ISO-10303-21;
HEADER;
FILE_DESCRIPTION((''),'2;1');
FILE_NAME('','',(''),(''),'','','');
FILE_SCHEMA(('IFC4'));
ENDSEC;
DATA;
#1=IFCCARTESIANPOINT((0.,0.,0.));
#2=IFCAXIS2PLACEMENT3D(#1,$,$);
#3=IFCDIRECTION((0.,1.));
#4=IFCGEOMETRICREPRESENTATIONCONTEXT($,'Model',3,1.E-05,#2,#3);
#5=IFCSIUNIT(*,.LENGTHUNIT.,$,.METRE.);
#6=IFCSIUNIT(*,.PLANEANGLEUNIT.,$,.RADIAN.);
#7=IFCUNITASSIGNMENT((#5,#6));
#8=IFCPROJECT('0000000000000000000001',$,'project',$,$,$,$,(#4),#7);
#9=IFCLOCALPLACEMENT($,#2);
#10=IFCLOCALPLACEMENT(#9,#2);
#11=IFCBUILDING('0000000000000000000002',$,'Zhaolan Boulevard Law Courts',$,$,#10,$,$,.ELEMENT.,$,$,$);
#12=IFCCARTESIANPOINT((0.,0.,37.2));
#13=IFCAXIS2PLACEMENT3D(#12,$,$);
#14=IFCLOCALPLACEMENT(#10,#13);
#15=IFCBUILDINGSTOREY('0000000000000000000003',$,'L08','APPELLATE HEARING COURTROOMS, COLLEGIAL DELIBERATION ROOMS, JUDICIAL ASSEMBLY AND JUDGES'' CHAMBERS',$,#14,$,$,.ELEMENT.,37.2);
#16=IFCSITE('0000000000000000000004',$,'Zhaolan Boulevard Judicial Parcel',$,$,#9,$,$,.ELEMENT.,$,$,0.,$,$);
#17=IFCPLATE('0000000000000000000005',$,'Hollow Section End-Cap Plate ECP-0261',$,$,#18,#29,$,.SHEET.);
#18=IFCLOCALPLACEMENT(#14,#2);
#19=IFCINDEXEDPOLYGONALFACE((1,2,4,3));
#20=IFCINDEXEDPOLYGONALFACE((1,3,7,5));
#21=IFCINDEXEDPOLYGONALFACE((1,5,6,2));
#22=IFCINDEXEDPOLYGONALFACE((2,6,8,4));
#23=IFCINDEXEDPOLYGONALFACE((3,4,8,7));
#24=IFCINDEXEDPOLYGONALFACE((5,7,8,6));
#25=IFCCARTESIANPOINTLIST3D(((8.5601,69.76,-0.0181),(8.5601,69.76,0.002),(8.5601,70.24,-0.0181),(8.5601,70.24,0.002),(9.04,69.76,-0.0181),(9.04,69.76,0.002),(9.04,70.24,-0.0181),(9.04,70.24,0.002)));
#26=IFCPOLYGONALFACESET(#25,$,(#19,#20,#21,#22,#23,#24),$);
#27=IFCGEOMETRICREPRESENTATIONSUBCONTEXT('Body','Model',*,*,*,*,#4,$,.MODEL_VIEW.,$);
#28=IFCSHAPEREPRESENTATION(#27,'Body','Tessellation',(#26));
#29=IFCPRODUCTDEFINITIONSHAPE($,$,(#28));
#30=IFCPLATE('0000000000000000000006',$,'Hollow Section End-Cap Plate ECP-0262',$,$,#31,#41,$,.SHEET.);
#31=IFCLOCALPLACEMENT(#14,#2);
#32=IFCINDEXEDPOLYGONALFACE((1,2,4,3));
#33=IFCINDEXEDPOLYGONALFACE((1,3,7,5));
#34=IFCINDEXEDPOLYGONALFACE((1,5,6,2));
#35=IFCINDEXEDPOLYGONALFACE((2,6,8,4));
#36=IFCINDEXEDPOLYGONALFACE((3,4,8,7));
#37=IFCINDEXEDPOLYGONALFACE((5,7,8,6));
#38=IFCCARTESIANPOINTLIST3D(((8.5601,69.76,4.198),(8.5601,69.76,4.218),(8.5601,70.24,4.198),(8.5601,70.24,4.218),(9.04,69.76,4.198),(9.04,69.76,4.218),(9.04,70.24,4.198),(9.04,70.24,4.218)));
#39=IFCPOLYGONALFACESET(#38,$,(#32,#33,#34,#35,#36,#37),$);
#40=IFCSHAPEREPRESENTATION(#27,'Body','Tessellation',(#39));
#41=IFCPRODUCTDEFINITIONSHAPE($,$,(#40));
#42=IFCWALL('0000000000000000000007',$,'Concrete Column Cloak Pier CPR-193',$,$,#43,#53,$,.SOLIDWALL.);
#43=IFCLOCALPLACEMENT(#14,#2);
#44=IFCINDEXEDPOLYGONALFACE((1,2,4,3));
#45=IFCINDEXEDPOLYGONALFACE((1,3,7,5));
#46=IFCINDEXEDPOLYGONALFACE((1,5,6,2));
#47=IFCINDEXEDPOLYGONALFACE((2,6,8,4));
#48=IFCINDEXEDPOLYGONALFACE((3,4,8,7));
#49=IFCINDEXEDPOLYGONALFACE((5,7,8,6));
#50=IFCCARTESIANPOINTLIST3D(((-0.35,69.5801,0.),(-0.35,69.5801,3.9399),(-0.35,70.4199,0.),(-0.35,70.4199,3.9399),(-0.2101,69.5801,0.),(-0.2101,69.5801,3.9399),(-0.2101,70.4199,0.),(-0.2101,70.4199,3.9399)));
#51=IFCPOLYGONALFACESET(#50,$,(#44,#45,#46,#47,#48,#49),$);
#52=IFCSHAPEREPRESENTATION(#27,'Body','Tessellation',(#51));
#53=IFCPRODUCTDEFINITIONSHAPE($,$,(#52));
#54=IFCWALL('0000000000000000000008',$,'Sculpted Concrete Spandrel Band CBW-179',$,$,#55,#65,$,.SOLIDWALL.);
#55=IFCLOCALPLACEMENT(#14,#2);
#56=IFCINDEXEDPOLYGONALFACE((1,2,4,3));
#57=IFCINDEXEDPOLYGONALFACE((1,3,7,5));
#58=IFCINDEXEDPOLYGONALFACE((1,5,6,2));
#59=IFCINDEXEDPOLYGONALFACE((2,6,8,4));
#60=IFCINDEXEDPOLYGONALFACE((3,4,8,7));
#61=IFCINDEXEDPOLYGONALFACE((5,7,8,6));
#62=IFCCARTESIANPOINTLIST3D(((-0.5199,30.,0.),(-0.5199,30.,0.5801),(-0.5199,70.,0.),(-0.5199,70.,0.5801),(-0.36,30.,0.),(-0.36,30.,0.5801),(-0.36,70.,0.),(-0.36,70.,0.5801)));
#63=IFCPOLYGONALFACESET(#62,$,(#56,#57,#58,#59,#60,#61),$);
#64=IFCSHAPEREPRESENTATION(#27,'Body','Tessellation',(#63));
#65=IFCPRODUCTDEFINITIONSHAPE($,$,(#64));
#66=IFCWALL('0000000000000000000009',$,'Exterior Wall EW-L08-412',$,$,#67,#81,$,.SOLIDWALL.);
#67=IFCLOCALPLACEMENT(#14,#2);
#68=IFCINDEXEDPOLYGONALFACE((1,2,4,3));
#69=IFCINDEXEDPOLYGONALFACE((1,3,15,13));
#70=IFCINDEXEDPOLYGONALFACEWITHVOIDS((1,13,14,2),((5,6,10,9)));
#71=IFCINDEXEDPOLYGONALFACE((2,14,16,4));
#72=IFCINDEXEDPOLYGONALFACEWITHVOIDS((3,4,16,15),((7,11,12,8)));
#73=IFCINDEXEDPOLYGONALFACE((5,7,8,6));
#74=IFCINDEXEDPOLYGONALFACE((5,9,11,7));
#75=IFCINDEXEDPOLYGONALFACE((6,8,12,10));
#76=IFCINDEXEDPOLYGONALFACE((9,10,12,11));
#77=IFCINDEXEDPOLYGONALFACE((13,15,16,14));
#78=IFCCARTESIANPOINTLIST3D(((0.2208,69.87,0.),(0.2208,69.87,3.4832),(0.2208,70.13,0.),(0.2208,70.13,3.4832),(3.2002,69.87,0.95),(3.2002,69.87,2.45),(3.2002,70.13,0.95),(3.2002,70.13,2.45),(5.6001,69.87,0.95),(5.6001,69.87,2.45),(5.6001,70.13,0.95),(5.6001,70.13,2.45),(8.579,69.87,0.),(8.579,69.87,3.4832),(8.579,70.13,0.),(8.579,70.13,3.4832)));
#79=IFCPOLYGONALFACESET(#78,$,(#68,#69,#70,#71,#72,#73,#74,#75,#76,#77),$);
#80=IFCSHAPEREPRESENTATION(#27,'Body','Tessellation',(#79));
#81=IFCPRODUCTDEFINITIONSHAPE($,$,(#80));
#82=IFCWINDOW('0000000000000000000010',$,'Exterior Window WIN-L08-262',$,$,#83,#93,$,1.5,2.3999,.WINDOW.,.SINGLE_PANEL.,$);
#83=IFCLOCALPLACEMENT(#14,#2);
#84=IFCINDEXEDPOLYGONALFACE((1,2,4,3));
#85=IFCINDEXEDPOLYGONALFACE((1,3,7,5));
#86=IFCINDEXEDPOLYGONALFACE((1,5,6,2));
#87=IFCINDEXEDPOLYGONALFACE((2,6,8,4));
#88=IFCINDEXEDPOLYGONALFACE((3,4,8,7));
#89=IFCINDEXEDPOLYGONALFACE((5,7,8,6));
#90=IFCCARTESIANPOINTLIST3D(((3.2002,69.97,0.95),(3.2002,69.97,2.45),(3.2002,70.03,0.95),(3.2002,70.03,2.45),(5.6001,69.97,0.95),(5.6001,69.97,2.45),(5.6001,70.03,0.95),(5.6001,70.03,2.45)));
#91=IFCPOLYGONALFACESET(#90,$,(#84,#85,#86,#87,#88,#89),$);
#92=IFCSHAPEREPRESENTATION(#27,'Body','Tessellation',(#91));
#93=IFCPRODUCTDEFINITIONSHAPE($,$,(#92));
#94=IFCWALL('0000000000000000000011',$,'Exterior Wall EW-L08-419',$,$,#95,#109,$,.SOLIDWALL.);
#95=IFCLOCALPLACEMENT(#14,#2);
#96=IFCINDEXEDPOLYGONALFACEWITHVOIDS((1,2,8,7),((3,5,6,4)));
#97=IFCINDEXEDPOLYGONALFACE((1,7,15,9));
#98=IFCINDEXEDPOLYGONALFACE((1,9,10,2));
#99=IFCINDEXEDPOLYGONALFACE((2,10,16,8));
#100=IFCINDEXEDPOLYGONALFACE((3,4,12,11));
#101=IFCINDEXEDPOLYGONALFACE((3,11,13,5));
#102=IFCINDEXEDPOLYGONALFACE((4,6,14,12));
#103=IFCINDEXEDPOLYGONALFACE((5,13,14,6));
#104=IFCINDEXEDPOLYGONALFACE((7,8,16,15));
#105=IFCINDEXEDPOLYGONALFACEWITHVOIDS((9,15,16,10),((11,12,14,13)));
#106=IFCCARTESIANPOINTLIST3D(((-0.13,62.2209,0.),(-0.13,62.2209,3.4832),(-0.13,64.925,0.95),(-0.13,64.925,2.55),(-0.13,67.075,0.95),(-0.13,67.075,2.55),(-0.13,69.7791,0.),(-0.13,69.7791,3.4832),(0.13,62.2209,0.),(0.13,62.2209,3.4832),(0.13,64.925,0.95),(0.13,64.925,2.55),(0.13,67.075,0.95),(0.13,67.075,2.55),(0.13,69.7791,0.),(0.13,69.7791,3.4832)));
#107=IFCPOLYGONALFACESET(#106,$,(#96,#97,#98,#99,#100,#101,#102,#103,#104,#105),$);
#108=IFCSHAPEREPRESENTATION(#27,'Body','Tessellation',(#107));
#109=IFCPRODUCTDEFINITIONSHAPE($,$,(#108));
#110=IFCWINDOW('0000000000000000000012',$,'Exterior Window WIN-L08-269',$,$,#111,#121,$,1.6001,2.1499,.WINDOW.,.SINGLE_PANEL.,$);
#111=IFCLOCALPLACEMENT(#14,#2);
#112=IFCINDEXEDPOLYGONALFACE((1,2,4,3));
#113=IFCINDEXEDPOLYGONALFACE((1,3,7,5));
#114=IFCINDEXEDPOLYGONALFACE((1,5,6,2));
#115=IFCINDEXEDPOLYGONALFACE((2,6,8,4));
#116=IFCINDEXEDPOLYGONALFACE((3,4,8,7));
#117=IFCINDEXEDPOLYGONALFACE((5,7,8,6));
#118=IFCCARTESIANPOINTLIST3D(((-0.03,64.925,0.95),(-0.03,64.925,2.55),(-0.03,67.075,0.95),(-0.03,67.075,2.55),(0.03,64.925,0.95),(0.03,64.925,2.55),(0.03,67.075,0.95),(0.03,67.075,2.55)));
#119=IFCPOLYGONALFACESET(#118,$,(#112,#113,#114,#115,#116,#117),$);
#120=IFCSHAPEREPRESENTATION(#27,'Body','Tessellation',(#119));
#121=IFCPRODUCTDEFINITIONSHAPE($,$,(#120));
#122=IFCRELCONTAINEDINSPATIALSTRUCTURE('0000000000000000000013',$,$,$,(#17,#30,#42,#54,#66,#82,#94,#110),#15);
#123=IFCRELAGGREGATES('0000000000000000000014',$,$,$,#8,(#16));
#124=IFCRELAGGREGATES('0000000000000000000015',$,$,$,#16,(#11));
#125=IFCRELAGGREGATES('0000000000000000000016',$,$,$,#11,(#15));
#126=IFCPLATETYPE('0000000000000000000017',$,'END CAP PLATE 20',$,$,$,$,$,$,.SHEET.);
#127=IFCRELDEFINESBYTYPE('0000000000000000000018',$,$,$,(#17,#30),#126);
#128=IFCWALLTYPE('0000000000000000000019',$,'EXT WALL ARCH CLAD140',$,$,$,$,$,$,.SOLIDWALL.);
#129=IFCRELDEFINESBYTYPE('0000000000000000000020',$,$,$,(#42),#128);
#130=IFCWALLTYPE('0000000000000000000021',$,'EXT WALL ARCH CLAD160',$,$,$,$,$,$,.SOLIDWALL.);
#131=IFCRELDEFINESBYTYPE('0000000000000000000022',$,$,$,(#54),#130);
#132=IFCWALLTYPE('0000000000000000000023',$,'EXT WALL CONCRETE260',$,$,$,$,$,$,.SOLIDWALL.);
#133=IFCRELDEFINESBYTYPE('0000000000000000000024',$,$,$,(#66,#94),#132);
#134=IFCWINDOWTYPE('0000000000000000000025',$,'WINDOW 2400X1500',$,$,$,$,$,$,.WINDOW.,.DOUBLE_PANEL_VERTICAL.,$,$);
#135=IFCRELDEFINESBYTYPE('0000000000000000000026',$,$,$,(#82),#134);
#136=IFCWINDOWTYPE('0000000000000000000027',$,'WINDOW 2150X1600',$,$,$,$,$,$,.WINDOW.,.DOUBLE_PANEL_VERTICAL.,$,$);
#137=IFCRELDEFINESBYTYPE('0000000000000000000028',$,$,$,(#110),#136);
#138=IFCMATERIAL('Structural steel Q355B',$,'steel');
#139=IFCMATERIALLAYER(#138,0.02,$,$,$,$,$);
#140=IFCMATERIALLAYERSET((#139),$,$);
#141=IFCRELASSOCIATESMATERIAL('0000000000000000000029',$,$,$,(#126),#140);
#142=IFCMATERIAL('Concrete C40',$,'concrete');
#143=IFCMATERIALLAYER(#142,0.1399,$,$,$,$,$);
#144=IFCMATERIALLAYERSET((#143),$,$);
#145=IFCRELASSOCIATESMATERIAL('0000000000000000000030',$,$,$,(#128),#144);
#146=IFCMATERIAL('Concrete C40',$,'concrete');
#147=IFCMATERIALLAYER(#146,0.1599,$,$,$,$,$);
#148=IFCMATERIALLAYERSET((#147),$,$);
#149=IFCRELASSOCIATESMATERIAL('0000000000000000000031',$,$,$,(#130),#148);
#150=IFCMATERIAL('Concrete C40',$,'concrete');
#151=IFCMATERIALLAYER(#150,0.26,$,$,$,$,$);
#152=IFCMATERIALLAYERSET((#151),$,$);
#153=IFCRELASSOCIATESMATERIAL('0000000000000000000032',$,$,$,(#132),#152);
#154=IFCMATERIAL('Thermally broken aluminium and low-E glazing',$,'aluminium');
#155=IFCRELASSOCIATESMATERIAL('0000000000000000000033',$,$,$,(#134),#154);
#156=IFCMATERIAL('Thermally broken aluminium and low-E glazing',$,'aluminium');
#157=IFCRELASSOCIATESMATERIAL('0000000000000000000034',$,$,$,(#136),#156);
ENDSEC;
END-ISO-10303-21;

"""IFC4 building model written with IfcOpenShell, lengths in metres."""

from ifc_helpers import new_model, si_unit, direction, frame, frame_2d, origin, origin_2d, place, context, subcontext, project, spatial, rectangle, extrude, material, layer, layer_set, type_object, element, fill, save


model = new_model("IFC4")

# Units and contexts
model_context = context("Model", 3, precision=1e-05, world=origin(), true_north=direction((0.0, 1.0)))
body_context = subcontext(model_context, "Body", "Model", "MODEL_VIEW")
ifc_project = project(units=[si_unit("LENGTHUNIT", "METRE"), si_unit("PLANEANGLEUNIT", "RADIAN")], contexts=[model_context])

# Site, building, storey
site_placement = place(None, origin())
site = spatial("IfcSite", under=ifc_project, at=site_placement, Name="Zhaolan Boulevard Judicial Parcel", CompositionType="ELEMENT", RefElevation=0.0)
building_placement = place(site_placement, origin())
building = spatial("IfcBuilding", under=site, at=building_placement, Name="Zhaolan Boulevard Law Courts", CompositionType="ELEMENT")
storey_placement = place(building_placement, frame((0.0, 0.0, 37.2)))
storey = spatial("IfcBuildingStorey", under=building, at=storey_placement, Name="L08", Description="APPELLATE HEARING COURTROOMS, COLLEGIAL DELIBERATION ROOMS, JUDICIAL ASSEMBLY AND JUDGES' CHAMBERS", CompositionType="ELEMENT", Elevation=37.2)

# Plates
ifc_material_1 = material(Name="Structural steel Q355B", Category="steel")
ifc_layer_1 = layer(ifc_material_1, 0.02)
ifc_layer_set_1 = layer_set([ifc_layer_1])
plate_type = type_object("IfcPlateType", Name="END CAP PLATE 20", PredefinedType="SHEET", material=ifc_layer_set_1)
for number, where, z_axis, x_axis, name in (
    (1, (8.8, 70.0, -0.0181), (0.0, 0.0, 1.0), (1.0, 0.0, 0.0), "Hollow Section End-Cap Plate ECP-0261"),
    (2, (8.8, 70.0, 4.198), (0.0, 0.0, 1.0), (1.0, 0.0, 0.0), "Hollow Section End-Cap Plate ECP-0262"),
):
    element("IfcPlate", number, at=place(storey_placement, frame(where, z_axis=z_axis, x_axis=x_axis)), inside=storey, type_object=plate_type, Name=name, PredefinedType="SHEET", context=body_context, shape_type="SweptSolid", body=[
        extrude(rectangle(XDim=0.48, YDim=0.48, at=origin_2d()), origin(), (0.0, 0.0, 1.0), 0.02),
    ])

# Walls
ifc_material_2 = material(Name="Concrete C40", Category="concrete")
ifc_layer_2 = layer(ifc_material_2, 0.1399)
ifc_layer_set_2 = layer_set([ifc_layer_2])
wall_type_1 = type_object("IfcWallType", Name="EXT WALL ARCH CLAD140", PredefinedType="SOLIDWALL", material=ifc_layer_set_2)
wall_1_placement = place(storey_placement, frame((-0.28, 69.5801, 0.0), z_axis=(0.0, 0.0, 1.0), x_axis=(0.0, 1.0, 0.0)))
element("IfcWall", 3, at=wall_1_placement, inside=storey, type_object=wall_type_1, Name="Concrete Column Cloak Pier CPR-193", PredefinedType="SOLIDWALL", context=body_context, shape_type="SweptSolid", body=[
    extrude(rectangle(XDim=0.8398, YDim=0.1399, at=frame_2d((0.4199, 0.0))), origin(), (0.0, 0.0, 1.0), 3.9399),
])
ifc_material_3 = material(Name="Concrete C40", Category="concrete")
ifc_layer_3 = layer(ifc_material_3, 0.1599)
ifc_layer_set_3 = layer_set([ifc_layer_3])
wall_type_2 = type_object("IfcWallType", Name="EXT WALL ARCH CLAD160", PredefinedType="SOLIDWALL", material=ifc_layer_set_3)
wall_2_placement = place(storey_placement, frame((-0.4399, 70.0, 0.0), z_axis=(0.0, 0.0, 1.0), x_axis=(0.0, -1.0, 0.0)))
element("IfcWall", 4, at=wall_2_placement, inside=storey, type_object=wall_type_2, Name="Sculpted Concrete Spandrel Band CBW-179", PredefinedType="SOLIDWALL", context=body_context, shape_type="SweptSolid", body=[
    extrude(rectangle(XDim=40.0, YDim=0.1599, at=frame_2d((20.0, 0.0))), origin(), (0.0, 0.0, 1.0), 0.5801),
])

# Walls, openings, windows
ifc_material_4 = material(Name="Concrete C40", Category="concrete")
ifc_layer_4 = layer(ifc_material_4, 0.26)
ifc_layer_set_4 = layer_set([ifc_layer_4])
wall_type_3 = type_object("IfcWallType", Name="EXT WALL CONCRETE260", PredefinedType="SOLIDWALL", material=ifc_layer_set_4)
wall_3_placement = place(storey_placement, frame((8.5791, 70.0, 0.0), z_axis=(0.0, 0.0, 1.0), x_axis=(-1.0, 0.0, 0.0)))
wall_3 = element("IfcWall", 5, at=wall_3_placement, inside=storey, type_object=wall_type_3, Name="Exterior Wall EW-L08-412", PredefinedType="SOLIDWALL", context=body_context, shape_type="SweptSolid", body=[
    extrude(rectangle(XDim=8.3582, YDim=0.26, at=frame_2d((4.1792, 0.0))), origin(), (0.0, 0.0, 1.0), 3.4832),
])
opening_1_placement = place(wall_3_placement, frame((2.979, 0.0, 0.95)))
opening_1 = element("IfcOpeningElement", 6, at=opening_1_placement, cuts=wall_3, PredefinedType="OPENING", context=body_context, shape_type="SweptSolid", body=[
    extrude(rectangle(XDim=2.3999, YDim=1.5, at=frame_2d((1.2, 0.75))), frame((0.0, 0.1399, 0.0), z_axis=(0.0, -1.0, 0.0), x_axis=(1.0, 0.0, 0.0)), (0.0, 0.0, 1.0), 0.28),
])
ifc_material_5 = material(Name="Thermally broken aluminium and low-E glazing", Category="aluminium")
window_type_1 = type_object("IfcWindowType", Name="WINDOW 2400X1500", PartitioningType="DOUBLE_PANEL_VERTICAL", PredefinedType="WINDOW", material=ifc_material_5)
window_1_placement = place(opening_1_placement, origin())
window_1 = element("IfcWindow", 7, at=window_1_placement, inside=storey, type_object=window_type_1, Name="Exterior Window WIN-L08-262", OverallHeight=1.5, OverallWidth=2.3999, PartitioningType="SINGLE_PANEL", PredefinedType="WINDOW", context=body_context, shape_type="SweptSolid", body=[
    extrude(rectangle(XDim=2.3999, YDim=1.5, at=frame_2d((1.2, 0.75))), frame((0.0, 0.03, 0.0), z_axis=(0.0, -1.0, 0.0), x_axis=(1.0, 0.0, 0.0)), (0.0, 0.0, 1.0), 0.0601),
])
fill(opening_1, window_1)
wall_4_placement = place(storey_placement, frame((0.0, 69.7791, 0.0), z_axis=(0.0, 0.0, 1.0), x_axis=(0.0, -1.0, 0.0)))
wall_4 = element("IfcWall", 8, at=wall_4_placement, inside=storey, type_object=wall_type_3, Name="Exterior Wall EW-L08-419", PredefinedType="SOLIDWALL", context=body_context, shape_type="SweptSolid", body=[
    extrude(rectangle(XDim=7.5581, YDim=0.26, at=frame_2d((3.7791, 0.0))), origin(), (0.0, 0.0, 1.0), 3.4832),
])
opening_2_placement = place(wall_4_placement, frame((2.7041, 0.0, 0.95)))
opening_2 = element("IfcOpeningElement", 9, at=opening_2_placement, cuts=wall_4, PredefinedType="OPENING", context=body_context, shape_type="SweptSolid", body=[
    extrude(rectangle(XDim=2.1499, YDim=1.6001, at=frame_2d((1.075, 0.8))), frame((0.0, 0.1399, 0.0), z_axis=(0.0, -1.0, 0.0), x_axis=(1.0, 0.0, 0.0)), (0.0, 0.0, 1.0), 0.28),
])
ifc_material_6 = material(Name="Thermally broken aluminium and low-E glazing", Category="aluminium")
window_type_2 = type_object("IfcWindowType", Name="WINDOW 2150X1600", PartitioningType="DOUBLE_PANEL_VERTICAL", PredefinedType="WINDOW", material=ifc_material_6)
window_2_placement = place(opening_2_placement, origin())
window_2 = element("IfcWindow", 10, at=window_2_placement, inside=storey, type_object=window_type_2, Name="Exterior Window WIN-L08-269", OverallHeight=1.6001, OverallWidth=2.1499, PartitioningType="SINGLE_PANEL", PredefinedType="WINDOW", context=body_context, shape_type="SweptSolid", body=[
    extrude(rectangle(XDim=2.1499, YDim=1.6001, at=frame_2d((1.075, 0.8))), frame((0.0, 0.03, 0.0), z_axis=(0.0, -1.0, 0.0), x_axis=(1.0, 0.0, 0.0)), (0.0, 0.0, 1.0), 0.0601),
])
fill(opening_2, window_2)

save(model, "model.ifc")
